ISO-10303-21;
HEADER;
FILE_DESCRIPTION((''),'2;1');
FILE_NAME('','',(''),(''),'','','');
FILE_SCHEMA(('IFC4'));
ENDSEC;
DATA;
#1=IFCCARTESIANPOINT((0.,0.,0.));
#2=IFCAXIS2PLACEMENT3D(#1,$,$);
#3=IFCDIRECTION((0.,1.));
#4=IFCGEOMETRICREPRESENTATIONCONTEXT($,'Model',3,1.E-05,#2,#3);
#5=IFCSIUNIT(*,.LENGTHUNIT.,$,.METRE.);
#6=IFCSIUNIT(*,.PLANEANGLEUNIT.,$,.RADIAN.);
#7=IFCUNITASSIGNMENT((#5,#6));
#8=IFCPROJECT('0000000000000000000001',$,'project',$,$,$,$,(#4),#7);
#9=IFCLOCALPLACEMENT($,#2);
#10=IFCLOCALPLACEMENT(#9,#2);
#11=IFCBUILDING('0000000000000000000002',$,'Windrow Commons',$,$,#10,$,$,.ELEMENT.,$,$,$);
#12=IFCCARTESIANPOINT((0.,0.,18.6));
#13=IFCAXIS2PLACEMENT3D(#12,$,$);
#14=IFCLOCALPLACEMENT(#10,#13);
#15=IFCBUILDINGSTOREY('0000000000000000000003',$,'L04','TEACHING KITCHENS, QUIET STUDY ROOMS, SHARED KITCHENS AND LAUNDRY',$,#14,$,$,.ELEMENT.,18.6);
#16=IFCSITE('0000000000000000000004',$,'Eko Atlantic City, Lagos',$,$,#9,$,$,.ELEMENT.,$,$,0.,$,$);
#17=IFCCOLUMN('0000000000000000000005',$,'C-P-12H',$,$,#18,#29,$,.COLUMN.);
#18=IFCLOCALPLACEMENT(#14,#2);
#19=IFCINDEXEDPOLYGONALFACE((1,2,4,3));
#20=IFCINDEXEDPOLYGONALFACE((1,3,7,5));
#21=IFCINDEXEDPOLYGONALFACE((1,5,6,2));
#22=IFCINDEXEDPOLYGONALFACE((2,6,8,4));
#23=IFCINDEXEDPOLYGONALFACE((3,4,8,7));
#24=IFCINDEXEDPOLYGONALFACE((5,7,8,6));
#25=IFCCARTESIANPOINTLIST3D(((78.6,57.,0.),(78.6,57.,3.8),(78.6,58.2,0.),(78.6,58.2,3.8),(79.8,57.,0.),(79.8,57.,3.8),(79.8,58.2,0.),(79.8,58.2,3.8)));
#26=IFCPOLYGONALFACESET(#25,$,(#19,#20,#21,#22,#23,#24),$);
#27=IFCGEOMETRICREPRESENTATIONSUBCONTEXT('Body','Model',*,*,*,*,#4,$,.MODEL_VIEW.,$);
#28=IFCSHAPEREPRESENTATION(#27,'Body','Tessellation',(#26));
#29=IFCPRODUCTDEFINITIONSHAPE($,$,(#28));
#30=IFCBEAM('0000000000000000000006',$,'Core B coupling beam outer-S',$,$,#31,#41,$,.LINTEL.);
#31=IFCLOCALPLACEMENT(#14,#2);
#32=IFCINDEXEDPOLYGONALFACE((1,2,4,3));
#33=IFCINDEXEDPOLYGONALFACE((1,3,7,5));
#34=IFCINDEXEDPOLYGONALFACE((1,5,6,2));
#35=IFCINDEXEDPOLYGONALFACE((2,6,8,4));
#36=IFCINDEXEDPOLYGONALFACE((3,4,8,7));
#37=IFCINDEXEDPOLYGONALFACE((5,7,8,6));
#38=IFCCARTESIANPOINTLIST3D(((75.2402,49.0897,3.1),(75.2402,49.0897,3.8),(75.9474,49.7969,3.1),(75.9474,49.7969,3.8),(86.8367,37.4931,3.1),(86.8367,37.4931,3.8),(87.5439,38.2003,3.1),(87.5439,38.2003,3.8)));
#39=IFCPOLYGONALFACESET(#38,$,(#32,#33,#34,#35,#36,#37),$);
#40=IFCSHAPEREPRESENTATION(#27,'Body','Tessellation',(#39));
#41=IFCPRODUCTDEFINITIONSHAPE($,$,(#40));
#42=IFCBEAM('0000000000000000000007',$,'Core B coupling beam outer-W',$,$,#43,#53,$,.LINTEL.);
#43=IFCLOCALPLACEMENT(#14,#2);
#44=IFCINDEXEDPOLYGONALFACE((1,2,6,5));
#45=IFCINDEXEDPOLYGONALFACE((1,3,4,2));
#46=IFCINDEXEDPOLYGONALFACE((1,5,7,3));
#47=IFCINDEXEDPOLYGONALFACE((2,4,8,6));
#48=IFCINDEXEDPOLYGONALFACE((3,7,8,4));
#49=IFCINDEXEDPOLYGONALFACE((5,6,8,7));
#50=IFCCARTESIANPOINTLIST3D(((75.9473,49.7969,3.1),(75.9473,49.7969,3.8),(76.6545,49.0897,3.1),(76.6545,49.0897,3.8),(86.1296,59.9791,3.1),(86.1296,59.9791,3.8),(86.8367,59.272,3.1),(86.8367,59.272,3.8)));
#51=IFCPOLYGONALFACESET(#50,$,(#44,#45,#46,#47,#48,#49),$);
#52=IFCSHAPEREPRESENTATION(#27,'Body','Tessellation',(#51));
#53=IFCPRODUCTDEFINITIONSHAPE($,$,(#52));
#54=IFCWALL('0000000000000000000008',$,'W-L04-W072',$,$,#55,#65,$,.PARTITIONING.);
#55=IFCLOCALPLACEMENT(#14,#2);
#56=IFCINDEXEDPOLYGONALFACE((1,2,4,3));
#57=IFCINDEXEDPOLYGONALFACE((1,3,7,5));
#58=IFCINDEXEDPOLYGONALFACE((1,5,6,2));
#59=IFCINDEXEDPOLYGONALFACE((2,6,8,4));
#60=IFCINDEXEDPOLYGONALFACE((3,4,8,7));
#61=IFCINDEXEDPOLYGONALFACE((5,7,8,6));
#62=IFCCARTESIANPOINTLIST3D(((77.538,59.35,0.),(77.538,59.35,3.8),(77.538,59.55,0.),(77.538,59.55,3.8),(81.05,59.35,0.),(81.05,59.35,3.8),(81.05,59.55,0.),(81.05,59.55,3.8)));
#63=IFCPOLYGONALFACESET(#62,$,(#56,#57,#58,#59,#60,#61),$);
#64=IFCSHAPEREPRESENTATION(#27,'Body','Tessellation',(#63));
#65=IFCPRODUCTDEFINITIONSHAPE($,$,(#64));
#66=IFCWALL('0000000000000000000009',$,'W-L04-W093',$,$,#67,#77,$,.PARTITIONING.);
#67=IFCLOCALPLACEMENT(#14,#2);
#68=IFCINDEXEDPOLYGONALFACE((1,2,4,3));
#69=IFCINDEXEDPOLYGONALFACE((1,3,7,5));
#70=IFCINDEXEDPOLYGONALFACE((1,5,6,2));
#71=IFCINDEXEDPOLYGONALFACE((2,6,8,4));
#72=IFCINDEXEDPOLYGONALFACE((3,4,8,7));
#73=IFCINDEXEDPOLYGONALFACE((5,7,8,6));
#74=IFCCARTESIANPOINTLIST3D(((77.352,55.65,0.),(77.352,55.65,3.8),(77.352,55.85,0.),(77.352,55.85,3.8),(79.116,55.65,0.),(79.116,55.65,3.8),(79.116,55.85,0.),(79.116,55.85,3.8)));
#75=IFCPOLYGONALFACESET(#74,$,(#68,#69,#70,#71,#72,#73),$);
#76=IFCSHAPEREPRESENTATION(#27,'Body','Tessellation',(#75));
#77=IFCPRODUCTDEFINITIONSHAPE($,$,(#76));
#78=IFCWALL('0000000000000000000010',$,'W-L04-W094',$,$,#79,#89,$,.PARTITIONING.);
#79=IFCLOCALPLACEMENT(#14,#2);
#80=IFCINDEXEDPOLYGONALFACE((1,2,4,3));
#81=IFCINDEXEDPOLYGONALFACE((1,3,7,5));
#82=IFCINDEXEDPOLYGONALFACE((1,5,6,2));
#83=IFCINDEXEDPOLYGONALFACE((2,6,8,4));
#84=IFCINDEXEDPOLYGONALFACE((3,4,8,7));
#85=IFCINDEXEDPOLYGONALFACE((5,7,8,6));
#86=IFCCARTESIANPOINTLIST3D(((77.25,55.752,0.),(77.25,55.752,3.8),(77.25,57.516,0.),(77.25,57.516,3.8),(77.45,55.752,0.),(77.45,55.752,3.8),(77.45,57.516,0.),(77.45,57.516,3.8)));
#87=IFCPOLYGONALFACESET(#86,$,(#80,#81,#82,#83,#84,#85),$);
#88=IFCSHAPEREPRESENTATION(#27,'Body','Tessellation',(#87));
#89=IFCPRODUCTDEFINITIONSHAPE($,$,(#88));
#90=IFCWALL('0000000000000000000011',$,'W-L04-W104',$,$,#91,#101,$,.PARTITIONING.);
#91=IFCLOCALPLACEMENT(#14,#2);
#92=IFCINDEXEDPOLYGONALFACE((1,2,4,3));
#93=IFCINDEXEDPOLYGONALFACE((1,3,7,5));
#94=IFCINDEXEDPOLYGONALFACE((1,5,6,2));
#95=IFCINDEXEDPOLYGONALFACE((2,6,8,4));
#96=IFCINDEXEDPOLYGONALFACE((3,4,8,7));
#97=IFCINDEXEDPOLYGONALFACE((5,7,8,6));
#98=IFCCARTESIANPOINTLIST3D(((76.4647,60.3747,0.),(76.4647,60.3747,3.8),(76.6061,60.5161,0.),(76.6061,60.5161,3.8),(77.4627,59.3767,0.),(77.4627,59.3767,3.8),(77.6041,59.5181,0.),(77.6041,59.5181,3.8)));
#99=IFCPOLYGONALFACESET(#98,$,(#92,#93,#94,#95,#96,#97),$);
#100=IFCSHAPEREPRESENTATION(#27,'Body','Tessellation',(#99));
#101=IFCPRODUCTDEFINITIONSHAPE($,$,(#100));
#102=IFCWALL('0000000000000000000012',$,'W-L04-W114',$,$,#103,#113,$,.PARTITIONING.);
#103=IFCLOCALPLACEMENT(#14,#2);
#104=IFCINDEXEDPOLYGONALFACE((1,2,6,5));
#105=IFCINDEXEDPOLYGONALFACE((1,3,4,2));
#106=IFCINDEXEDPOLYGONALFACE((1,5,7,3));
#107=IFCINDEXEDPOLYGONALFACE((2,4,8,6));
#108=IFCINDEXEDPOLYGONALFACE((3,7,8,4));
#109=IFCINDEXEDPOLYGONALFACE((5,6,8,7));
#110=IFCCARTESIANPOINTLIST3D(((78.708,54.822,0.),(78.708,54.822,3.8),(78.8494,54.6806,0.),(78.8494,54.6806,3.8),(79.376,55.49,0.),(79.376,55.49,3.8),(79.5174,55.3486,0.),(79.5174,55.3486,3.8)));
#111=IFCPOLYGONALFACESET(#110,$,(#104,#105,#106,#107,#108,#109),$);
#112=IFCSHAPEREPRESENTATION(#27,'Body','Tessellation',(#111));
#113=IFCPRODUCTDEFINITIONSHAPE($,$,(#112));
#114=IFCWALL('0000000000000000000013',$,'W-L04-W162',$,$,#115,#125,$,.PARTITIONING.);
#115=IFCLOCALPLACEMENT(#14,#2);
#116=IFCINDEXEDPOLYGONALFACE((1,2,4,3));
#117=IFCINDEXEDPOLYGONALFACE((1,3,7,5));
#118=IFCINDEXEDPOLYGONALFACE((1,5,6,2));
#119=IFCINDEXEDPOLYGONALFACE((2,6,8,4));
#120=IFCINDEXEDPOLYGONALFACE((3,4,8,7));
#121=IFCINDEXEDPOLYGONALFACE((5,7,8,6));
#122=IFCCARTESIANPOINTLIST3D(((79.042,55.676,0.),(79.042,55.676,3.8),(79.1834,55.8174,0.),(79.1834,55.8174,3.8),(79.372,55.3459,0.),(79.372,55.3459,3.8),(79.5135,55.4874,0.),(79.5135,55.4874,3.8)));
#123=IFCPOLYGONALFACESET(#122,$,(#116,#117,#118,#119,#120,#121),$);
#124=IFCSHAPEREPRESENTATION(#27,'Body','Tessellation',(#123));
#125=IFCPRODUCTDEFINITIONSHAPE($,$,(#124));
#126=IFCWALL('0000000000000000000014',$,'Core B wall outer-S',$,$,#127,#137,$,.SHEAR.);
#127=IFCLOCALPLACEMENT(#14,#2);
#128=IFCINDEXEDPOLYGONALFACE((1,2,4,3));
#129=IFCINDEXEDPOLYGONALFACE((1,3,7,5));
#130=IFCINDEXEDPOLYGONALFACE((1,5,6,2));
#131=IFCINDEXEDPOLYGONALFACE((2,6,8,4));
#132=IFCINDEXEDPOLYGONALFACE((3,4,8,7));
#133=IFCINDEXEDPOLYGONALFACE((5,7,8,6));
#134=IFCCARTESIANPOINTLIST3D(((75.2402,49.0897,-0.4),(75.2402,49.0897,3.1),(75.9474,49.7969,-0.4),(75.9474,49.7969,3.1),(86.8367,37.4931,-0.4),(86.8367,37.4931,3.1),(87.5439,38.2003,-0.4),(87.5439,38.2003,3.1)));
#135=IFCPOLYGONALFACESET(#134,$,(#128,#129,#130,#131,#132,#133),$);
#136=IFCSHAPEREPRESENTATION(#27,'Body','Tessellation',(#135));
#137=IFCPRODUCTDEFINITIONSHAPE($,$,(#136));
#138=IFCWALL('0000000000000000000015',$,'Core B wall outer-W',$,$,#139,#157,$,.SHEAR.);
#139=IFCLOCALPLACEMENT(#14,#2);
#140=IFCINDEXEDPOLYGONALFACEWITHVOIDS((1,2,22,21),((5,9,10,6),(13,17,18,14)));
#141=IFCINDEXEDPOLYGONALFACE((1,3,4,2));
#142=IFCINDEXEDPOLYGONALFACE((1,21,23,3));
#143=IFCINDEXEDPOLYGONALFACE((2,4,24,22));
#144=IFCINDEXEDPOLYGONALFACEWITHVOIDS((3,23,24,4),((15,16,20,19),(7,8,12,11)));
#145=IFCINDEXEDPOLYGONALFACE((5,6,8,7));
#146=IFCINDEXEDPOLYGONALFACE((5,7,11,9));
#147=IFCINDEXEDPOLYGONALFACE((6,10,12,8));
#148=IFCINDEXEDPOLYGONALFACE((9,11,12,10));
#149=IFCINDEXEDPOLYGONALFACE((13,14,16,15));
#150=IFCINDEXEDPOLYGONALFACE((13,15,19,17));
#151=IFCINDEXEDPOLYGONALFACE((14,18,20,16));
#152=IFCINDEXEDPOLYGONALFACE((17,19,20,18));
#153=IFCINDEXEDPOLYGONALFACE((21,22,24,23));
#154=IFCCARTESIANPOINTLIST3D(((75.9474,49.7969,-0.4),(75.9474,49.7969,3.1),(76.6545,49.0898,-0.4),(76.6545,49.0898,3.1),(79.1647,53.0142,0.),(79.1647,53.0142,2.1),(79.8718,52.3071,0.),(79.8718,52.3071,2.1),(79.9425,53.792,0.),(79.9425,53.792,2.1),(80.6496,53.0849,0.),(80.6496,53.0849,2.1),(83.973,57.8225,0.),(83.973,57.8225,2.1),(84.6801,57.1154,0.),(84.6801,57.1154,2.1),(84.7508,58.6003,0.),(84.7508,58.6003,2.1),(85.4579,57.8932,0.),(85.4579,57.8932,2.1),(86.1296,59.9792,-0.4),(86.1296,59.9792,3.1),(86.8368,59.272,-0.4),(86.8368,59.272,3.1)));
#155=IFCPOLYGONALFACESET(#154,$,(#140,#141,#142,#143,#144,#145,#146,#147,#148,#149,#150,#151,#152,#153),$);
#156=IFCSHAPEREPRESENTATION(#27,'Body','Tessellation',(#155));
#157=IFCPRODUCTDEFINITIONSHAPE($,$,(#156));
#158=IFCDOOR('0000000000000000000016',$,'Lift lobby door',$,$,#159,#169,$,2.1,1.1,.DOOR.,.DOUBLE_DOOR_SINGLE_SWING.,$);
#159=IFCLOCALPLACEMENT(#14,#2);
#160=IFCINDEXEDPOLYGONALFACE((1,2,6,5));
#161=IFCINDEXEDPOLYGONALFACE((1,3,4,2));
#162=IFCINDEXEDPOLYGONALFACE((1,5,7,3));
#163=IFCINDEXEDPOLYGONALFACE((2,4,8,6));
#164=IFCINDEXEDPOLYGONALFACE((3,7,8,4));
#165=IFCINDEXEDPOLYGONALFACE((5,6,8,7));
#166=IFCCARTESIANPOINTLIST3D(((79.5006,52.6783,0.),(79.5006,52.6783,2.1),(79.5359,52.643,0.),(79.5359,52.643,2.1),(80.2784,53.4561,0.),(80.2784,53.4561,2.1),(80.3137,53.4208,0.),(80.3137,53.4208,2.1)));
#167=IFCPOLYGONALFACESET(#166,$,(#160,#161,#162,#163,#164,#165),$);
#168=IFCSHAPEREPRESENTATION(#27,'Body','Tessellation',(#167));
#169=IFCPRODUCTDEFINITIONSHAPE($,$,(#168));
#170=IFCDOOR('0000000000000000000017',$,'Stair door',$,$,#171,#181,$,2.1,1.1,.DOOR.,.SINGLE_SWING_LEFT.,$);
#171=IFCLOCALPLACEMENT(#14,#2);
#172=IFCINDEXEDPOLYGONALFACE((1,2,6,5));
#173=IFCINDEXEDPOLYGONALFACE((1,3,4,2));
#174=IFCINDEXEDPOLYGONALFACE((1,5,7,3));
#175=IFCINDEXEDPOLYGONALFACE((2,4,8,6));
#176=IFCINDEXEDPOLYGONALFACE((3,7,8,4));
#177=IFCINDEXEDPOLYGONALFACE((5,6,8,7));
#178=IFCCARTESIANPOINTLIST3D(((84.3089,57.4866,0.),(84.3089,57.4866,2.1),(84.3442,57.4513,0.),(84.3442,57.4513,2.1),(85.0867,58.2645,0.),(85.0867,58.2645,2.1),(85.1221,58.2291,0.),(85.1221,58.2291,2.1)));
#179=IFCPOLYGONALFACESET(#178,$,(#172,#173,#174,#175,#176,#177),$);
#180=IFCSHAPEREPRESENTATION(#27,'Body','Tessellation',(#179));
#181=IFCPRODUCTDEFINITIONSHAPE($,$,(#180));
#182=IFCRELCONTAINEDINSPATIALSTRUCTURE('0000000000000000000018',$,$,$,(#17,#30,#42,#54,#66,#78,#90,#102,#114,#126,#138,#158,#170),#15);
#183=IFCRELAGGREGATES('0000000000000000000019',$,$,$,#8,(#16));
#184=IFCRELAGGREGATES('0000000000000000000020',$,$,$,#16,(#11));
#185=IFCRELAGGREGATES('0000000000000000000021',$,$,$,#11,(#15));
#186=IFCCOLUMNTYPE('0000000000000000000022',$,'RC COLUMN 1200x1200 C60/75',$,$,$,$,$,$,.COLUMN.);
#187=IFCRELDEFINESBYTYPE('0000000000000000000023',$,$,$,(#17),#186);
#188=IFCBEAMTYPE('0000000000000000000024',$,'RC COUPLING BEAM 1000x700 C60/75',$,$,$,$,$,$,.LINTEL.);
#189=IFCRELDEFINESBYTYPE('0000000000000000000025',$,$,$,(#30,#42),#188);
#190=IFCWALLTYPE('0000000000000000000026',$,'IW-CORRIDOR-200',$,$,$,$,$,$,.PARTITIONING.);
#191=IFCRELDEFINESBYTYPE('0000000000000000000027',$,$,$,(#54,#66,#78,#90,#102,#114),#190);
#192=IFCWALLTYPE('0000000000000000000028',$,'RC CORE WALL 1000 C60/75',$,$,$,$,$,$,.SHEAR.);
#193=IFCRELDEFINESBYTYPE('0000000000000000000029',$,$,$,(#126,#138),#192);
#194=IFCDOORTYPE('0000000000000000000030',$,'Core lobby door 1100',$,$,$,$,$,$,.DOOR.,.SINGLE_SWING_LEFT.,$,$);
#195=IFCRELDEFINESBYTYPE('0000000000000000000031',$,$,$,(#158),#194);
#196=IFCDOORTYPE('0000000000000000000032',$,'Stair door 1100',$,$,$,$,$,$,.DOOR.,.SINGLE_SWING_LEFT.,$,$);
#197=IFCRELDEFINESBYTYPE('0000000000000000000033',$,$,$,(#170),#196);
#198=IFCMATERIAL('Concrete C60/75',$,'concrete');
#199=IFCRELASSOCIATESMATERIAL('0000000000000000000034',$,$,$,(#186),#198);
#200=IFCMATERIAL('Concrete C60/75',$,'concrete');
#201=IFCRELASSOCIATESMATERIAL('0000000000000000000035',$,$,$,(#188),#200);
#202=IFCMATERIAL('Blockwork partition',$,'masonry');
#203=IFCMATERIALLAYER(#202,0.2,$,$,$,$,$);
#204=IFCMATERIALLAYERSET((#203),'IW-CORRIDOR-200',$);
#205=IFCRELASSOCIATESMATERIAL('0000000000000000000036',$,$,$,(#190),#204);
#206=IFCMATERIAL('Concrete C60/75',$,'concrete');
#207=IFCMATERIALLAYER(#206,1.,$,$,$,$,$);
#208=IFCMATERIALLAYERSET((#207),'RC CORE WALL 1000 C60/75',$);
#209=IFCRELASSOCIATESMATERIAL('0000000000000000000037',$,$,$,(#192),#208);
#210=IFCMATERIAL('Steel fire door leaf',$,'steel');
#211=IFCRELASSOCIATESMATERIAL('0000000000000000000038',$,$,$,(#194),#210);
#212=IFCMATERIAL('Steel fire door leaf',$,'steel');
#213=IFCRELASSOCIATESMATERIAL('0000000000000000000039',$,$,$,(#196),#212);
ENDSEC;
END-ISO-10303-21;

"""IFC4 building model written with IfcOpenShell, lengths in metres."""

from ifc_helpers import new_model, si_unit, direction, frame, frame_2d, origin, origin_2d, place, context, subcontext, project, spatial, rectangle, extrude, material, layer, layer_set, material_profile, profile_set, type_object, element, fill, save


model = new_model("IFC4")

# Units and contexts
model_context = context("Model", 3, precision=1e-05, world=origin(), true_north=direction((0.0, 1.0)))
body_context = subcontext(model_context, "Body", "Model", "MODEL_VIEW")
ifc_project = project(units=[si_unit("LENGTHUNIT", "METRE"), si_unit("PLANEANGLEUNIT", "RADIAN")], contexts=[model_context])

# Site, building, storey
site_placement = place(None, origin())
site = spatial("IfcSite", under=ifc_project, at=site_placement, Name="Eko Atlantic City, Lagos", CompositionType="ELEMENT", RefElevation=0.0)
building_placement = place(site_placement, origin())
building = spatial("IfcBuilding", under=site, at=building_placement, Name="Windrow Commons", CompositionType="ELEMENT")
storey_placement = place(building_placement, frame((0.0, 0.0, 18.6)))
storey = spatial("IfcBuildingStorey", under=building, at=storey_placement, Name="L04", Description="TEACHING KITCHENS, QUIET STUDY ROOMS, SHARED KITCHENS AND LAUNDRY", CompositionType="ELEMENT", Elevation=18.6)

# Column
ifc_material_1 = material(Name="Concrete C60/75", Category="concrete")
ifc_material_profile_1 = material_profile(ifc_material_1, rectangle(XDim=1.2, YDim=1.2, at=origin_2d()))
ifc_profile_set_1 = profile_set([ifc_material_profile_1], Name="Concrete C60/75")
column_type = type_object("IfcColumnType", Name="RC COLUMN 1200x1200 C60/75", PredefinedType="COLUMN", material=ifc_profile_set_1)
column_placement = place(storey_placement, frame((79.2, 57.6, 0.0), z_axis=(0.0, 0.0, 1.0), x_axis=(1.0, 0.0, 0.0)))
element("IfcColumn", 1, at=column_placement, inside=storey, type_object=column_type, Name="C-P-12H", PredefinedType="COLUMN", context=body_context, shape_type="SweptSolid", body=[
    extrude(rectangle(XDim=1.2, YDim=1.2, at=origin_2d()), origin(), (0.0, 0.0, 1.0), 3.8),
])

# Beams
ifc_material_2 = material(Name="Concrete C60/75", Category="concrete")
ifc_material_profile_2 = material_profile(ifc_material_2, rectangle(XDim=1.0, YDim=0.7, at=origin_2d()))
ifc_profile_set_2 = profile_set([ifc_material_profile_2], Name="Concrete C60/75")
beam_type = type_object("IfcBeamType", Name="RC COUPLING BEAM 1000x700 C60/75", PredefinedType="LINTEL", material=ifc_profile_set_2)
beam_1_placement = place(storey_placement, frame((75.5938, 49.4433, 3.45), z_axis=(0.707104, -0.70711, 0.0), x_axis=(0.70711, 0.707104, 0.0)))
element("IfcBeam", 2, at=beam_1_placement, inside=storey, type_object=beam_type, Name="Core B coupling beam outer-S", PredefinedType="LINTEL", context=body_context, shape_type="SweptSolid", body=[
    extrude(rectangle(XDim=1.0, YDim=0.7, at=origin_2d()), origin(), (0.0, 0.0, 1.0), 16.4),
])
beam_2_placement = place(storey_placement, frame((76.3009, 49.4433, 3.45), z_axis=(0.707107, 0.707107, 0.0), x_axis=(-0.707107, 0.707107, 0.0)))
element("IfcBeam", 3, at=beam_2_placement, inside=storey, type_object=beam_type, Name="Core B coupling beam outer-W", PredefinedType="LINTEL", context=body_context, shape_type="SweptSolid", body=[
    extrude(rectangle(XDim=1.0, YDim=0.7, at=origin_2d()), origin(), (0.0, 0.0, 1.0), 14.3999),
])

# Walls
ifc_material_3 = material(Name="Blockwork partition", Category="masonry")
ifc_layer_1 = layer(ifc_material_3, 0.2)
ifc_layer_set_1 = layer_set([ifc_layer_1], Name="IW-CORRIDOR-200")
wall_type_1 = type_object("IfcWallType", Name="IW-CORRIDOR-200", PredefinedType="PARTITIONING", material=ifc_layer_set_1)
wall_1_placement = place(storey_placement, frame((77.538, 59.45, 0.0), z_axis=(0.0, 0.0, 1.0), x_axis=(1.0, 0.0, 0.0)))
element("IfcWall", 4, at=wall_1_placement, inside=storey, type_object=wall_type_1, Name="W-L04-W072", PredefinedType="PARTITIONING", context=body_context, shape_type="SweptSolid", body=[
    extrude(rectangle(XDim=3.512, YDim=0.2, at=frame_2d((1.756, 0.0))), origin(), (0.0, 0.0, 1.0), 3.8),
])
for number, where, z_axis, x_axis, name in (
    (5, (77.352, 55.75, 0.0), (0.0, 0.0, 1.0), (1.0, 0.0, 0.0), "W-L04-W093"),
    (6, (77.35, 55.752, 0.0), (0.0, 0.0, 1.0), (0.0, 1.0, 0.0), "W-L04-W094"),
):
    element("IfcWall", number, at=place(storey_placement, frame(where, z_axis=z_axis, x_axis=x_axis)), inside=storey, type_object=wall_type_1, Name=name, PredefinedType="PARTITIONING", context=body_context, shape_type="SweptSolid", body=[
        extrude(rectangle(XDim=1.764, YDim=0.2, at=frame_2d((0.882, 0.0))), origin(), (0.0, 0.0, 1.0), 3.8),
    ])
wall_2_placement = place(storey_placement, frame((76.5354, 60.4454, 0.0), z_axis=(0.0, 0.0, 1.0), x_axis=(0.707107, -0.707107, 0.0)))
element("IfcWall", 7, at=wall_2_placement, inside=storey, type_object=wall_type_1, Name="W-L04-W104", PredefinedType="PARTITIONING", context=body_context, shape_type="SweptSolid", body=[
    extrude(rectangle(XDim=1.4114, YDim=0.2, at=frame_2d((0.7057, 0.0))), origin(), (0.0, 0.0, 1.0), 3.8),
])
wall_3_placement = place(storey_placement, frame((78.7787, 54.7513, 0.0), z_axis=(0.0, 0.0, 1.0), x_axis=(0.707107, 0.707107, 0.0)))
element("IfcWall", 8, at=wall_3_placement, inside=storey, type_object=wall_type_1, Name="W-L04-W114", PredefinedType="PARTITIONING", context=body_context, shape_type="SweptSolid", body=[
    extrude(rectangle(XDim=0.9447, YDim=0.2, at=frame_2d((0.4723, 0.0))), origin(), (0.0, 0.0, 1.0), 3.8),
])
wall_4_placement = place(storey_placement, frame((79.1127, 55.7467, 0.0), z_axis=(0.0, 0.0, 1.0), x_axis=(0.707107, -0.707107, 0.0)))
element("IfcWall", 9, at=wall_4_placement, inside=storey, type_object=wall_type_1, Name="W-L04-W162", PredefinedType="PARTITIONING", context=body_context, shape_type="SweptSolid", body=[
    extrude(rectangle(XDim=0.4667, YDim=0.2, at=frame_2d((0.2334, 0.0))), origin(), (0.0, 0.0, 1.0), 3.8),
])
ifc_material_4 = material(Name="Concrete C60/75", Category="concrete")
ifc_layer_2 = layer(ifc_material_4, 1.0)
ifc_layer_set_2 = layer_set([ifc_layer_2], Name="RC CORE WALL 1000 C60/75")
wall_type_2 = type_object("IfcWallType", Name="RC CORE WALL 1000 C60/75", PredefinedType="SHEAR", material=ifc_layer_set_2)
wall_5_placement = place(storey_placement, frame((75.5938, 49.4433, -0.4), z_axis=(0.0, 0.0, 1.0), x_axis=(0.707104, -0.70711, 0.0)))
element("IfcWall", 10, at=wall_5_placement, inside=storey, type_object=wall_type_2, Name="Core B wall outer-S", PredefinedType="SHEAR", context=body_context, shape_type="SweptSolid", body=[
    extrude(rectangle(XDim=16.4, YDim=1.0, at=frame_2d((8.2, 0.0))), origin(), (0.0, 0.0, 1.0), 3.5),
])

# Wall, openings, doors
wall_6_placement = place(storey_placement, frame((76.3009, 49.4433, -0.4), z_axis=(0.0, 0.0, 1.0), x_axis=(0.707107, 0.707107, 0.0)))
wall_6 = element("IfcWall", 11, at=wall_6_placement, inside=storey, type_object=wall_type_2, Name="Core B wall outer-W", PredefinedType="SHEAR", context=body_context, shape_type="SweptSolid", body=[
    extrude(rectangle(XDim=14.3999, YDim=1.0, at=frame_2d((7.2, 0.0))), origin(), (0.0, 0.0, 1.0), 3.5),
])
opening_1_placement = place(wall_6_placement, frame((4.55, 0.0, 0.4)))
opening_1 = element("IfcOpeningElement", 12, at=opening_1_placement, cuts=wall_6, PredefinedType="OPENING", context=body_context, shape_type="SweptSolid", body=[
    extrude(rectangle(XDim=1.1, YDim=2.1, at=frame_2d((0.55, 1.05))), frame((0.0, 0.51, 0.0), z_axis=(0.0, -1.0, 0.0), x_axis=(1.0, 0.0, 0.0)), (0.0, 0.0, 1.0), 1.02),
])
opening_2_placement = place(wall_6_placement, frame((11.35, 0.0, 0.4)))
opening_2 = element("IfcOpeningElement", 13, at=opening_2_placement, cuts=wall_6, PredefinedType="OPENING", context=body_context, shape_type="SweptSolid", body=[
    extrude(rectangle(XDim=1.1, YDim=2.1, at=frame_2d((0.55, 1.05))), frame((0.0, 0.51, 0.0), z_axis=(0.0, -1.0, 0.0), x_axis=(1.0, 0.0, 0.0)), (0.0, 0.0, 1.0), 1.02),
])
ifc_material_5 = material(Name="Steel fire door leaf", Category="steel")
door_type_1 = type_object("IfcDoorType", Name="Core lobby door 1100", OperationType="SINGLE_SWING_LEFT", PredefinedType="DOOR", material=ifc_material_5)
door_1_placement = place(opening_1_placement, origin())
door_1 = element("IfcDoor", 14, at=door_1_placement, inside=storey, type_object=door_type_1, Name="Lift lobby door", OperationType="DOUBLE_DOOR_SINGLE_SWING", OverallHeight=2.1, OverallWidth=1.1, PredefinedType="DOOR", context=body_context, shape_type="SweptSolid", body=[
    extrude(rectangle(XDim=1.1, YDim=2.1, at=frame_2d((0.55, 1.05))), frame((0.0, 0.025, 0.0), z_axis=(0.0, -1.0, 0.0), x_axis=(1.0, 0.0, 0.0)), (0.0, 0.0, 1.0), 0.05),
])
fill(opening_1, door_1)
ifc_material_6 = material(Name="Steel fire door leaf", Category="steel")
door_type_2 = type_object("IfcDoorType", Name="Stair door 1100", OperationType="SINGLE_SWING_LEFT", PredefinedType="DOOR", material=ifc_material_6)
door_2_placement = place(opening_2_placement, origin())
door_2 = element("IfcDoor", 15, at=door_2_placement, inside=storey, type_object=door_type_2, Name="Stair door", OperationType="SINGLE_SWING_LEFT", OverallHeight=2.1, OverallWidth=1.1, PredefinedType="DOOR", context=body_context, shape_type="SweptSolid", body=[
    extrude(rectangle(XDim=1.1, YDim=2.1, at=frame_2d((0.55, 1.05))), frame((0.0, 0.025, 0.0), z_axis=(0.0, -1.0, 0.0), x_axis=(1.0, 0.0, 0.0)), (0.0, 0.0, 1.0), 0.05),
])
fill(opening_2, door_2)

save(model, "model.ifc")
